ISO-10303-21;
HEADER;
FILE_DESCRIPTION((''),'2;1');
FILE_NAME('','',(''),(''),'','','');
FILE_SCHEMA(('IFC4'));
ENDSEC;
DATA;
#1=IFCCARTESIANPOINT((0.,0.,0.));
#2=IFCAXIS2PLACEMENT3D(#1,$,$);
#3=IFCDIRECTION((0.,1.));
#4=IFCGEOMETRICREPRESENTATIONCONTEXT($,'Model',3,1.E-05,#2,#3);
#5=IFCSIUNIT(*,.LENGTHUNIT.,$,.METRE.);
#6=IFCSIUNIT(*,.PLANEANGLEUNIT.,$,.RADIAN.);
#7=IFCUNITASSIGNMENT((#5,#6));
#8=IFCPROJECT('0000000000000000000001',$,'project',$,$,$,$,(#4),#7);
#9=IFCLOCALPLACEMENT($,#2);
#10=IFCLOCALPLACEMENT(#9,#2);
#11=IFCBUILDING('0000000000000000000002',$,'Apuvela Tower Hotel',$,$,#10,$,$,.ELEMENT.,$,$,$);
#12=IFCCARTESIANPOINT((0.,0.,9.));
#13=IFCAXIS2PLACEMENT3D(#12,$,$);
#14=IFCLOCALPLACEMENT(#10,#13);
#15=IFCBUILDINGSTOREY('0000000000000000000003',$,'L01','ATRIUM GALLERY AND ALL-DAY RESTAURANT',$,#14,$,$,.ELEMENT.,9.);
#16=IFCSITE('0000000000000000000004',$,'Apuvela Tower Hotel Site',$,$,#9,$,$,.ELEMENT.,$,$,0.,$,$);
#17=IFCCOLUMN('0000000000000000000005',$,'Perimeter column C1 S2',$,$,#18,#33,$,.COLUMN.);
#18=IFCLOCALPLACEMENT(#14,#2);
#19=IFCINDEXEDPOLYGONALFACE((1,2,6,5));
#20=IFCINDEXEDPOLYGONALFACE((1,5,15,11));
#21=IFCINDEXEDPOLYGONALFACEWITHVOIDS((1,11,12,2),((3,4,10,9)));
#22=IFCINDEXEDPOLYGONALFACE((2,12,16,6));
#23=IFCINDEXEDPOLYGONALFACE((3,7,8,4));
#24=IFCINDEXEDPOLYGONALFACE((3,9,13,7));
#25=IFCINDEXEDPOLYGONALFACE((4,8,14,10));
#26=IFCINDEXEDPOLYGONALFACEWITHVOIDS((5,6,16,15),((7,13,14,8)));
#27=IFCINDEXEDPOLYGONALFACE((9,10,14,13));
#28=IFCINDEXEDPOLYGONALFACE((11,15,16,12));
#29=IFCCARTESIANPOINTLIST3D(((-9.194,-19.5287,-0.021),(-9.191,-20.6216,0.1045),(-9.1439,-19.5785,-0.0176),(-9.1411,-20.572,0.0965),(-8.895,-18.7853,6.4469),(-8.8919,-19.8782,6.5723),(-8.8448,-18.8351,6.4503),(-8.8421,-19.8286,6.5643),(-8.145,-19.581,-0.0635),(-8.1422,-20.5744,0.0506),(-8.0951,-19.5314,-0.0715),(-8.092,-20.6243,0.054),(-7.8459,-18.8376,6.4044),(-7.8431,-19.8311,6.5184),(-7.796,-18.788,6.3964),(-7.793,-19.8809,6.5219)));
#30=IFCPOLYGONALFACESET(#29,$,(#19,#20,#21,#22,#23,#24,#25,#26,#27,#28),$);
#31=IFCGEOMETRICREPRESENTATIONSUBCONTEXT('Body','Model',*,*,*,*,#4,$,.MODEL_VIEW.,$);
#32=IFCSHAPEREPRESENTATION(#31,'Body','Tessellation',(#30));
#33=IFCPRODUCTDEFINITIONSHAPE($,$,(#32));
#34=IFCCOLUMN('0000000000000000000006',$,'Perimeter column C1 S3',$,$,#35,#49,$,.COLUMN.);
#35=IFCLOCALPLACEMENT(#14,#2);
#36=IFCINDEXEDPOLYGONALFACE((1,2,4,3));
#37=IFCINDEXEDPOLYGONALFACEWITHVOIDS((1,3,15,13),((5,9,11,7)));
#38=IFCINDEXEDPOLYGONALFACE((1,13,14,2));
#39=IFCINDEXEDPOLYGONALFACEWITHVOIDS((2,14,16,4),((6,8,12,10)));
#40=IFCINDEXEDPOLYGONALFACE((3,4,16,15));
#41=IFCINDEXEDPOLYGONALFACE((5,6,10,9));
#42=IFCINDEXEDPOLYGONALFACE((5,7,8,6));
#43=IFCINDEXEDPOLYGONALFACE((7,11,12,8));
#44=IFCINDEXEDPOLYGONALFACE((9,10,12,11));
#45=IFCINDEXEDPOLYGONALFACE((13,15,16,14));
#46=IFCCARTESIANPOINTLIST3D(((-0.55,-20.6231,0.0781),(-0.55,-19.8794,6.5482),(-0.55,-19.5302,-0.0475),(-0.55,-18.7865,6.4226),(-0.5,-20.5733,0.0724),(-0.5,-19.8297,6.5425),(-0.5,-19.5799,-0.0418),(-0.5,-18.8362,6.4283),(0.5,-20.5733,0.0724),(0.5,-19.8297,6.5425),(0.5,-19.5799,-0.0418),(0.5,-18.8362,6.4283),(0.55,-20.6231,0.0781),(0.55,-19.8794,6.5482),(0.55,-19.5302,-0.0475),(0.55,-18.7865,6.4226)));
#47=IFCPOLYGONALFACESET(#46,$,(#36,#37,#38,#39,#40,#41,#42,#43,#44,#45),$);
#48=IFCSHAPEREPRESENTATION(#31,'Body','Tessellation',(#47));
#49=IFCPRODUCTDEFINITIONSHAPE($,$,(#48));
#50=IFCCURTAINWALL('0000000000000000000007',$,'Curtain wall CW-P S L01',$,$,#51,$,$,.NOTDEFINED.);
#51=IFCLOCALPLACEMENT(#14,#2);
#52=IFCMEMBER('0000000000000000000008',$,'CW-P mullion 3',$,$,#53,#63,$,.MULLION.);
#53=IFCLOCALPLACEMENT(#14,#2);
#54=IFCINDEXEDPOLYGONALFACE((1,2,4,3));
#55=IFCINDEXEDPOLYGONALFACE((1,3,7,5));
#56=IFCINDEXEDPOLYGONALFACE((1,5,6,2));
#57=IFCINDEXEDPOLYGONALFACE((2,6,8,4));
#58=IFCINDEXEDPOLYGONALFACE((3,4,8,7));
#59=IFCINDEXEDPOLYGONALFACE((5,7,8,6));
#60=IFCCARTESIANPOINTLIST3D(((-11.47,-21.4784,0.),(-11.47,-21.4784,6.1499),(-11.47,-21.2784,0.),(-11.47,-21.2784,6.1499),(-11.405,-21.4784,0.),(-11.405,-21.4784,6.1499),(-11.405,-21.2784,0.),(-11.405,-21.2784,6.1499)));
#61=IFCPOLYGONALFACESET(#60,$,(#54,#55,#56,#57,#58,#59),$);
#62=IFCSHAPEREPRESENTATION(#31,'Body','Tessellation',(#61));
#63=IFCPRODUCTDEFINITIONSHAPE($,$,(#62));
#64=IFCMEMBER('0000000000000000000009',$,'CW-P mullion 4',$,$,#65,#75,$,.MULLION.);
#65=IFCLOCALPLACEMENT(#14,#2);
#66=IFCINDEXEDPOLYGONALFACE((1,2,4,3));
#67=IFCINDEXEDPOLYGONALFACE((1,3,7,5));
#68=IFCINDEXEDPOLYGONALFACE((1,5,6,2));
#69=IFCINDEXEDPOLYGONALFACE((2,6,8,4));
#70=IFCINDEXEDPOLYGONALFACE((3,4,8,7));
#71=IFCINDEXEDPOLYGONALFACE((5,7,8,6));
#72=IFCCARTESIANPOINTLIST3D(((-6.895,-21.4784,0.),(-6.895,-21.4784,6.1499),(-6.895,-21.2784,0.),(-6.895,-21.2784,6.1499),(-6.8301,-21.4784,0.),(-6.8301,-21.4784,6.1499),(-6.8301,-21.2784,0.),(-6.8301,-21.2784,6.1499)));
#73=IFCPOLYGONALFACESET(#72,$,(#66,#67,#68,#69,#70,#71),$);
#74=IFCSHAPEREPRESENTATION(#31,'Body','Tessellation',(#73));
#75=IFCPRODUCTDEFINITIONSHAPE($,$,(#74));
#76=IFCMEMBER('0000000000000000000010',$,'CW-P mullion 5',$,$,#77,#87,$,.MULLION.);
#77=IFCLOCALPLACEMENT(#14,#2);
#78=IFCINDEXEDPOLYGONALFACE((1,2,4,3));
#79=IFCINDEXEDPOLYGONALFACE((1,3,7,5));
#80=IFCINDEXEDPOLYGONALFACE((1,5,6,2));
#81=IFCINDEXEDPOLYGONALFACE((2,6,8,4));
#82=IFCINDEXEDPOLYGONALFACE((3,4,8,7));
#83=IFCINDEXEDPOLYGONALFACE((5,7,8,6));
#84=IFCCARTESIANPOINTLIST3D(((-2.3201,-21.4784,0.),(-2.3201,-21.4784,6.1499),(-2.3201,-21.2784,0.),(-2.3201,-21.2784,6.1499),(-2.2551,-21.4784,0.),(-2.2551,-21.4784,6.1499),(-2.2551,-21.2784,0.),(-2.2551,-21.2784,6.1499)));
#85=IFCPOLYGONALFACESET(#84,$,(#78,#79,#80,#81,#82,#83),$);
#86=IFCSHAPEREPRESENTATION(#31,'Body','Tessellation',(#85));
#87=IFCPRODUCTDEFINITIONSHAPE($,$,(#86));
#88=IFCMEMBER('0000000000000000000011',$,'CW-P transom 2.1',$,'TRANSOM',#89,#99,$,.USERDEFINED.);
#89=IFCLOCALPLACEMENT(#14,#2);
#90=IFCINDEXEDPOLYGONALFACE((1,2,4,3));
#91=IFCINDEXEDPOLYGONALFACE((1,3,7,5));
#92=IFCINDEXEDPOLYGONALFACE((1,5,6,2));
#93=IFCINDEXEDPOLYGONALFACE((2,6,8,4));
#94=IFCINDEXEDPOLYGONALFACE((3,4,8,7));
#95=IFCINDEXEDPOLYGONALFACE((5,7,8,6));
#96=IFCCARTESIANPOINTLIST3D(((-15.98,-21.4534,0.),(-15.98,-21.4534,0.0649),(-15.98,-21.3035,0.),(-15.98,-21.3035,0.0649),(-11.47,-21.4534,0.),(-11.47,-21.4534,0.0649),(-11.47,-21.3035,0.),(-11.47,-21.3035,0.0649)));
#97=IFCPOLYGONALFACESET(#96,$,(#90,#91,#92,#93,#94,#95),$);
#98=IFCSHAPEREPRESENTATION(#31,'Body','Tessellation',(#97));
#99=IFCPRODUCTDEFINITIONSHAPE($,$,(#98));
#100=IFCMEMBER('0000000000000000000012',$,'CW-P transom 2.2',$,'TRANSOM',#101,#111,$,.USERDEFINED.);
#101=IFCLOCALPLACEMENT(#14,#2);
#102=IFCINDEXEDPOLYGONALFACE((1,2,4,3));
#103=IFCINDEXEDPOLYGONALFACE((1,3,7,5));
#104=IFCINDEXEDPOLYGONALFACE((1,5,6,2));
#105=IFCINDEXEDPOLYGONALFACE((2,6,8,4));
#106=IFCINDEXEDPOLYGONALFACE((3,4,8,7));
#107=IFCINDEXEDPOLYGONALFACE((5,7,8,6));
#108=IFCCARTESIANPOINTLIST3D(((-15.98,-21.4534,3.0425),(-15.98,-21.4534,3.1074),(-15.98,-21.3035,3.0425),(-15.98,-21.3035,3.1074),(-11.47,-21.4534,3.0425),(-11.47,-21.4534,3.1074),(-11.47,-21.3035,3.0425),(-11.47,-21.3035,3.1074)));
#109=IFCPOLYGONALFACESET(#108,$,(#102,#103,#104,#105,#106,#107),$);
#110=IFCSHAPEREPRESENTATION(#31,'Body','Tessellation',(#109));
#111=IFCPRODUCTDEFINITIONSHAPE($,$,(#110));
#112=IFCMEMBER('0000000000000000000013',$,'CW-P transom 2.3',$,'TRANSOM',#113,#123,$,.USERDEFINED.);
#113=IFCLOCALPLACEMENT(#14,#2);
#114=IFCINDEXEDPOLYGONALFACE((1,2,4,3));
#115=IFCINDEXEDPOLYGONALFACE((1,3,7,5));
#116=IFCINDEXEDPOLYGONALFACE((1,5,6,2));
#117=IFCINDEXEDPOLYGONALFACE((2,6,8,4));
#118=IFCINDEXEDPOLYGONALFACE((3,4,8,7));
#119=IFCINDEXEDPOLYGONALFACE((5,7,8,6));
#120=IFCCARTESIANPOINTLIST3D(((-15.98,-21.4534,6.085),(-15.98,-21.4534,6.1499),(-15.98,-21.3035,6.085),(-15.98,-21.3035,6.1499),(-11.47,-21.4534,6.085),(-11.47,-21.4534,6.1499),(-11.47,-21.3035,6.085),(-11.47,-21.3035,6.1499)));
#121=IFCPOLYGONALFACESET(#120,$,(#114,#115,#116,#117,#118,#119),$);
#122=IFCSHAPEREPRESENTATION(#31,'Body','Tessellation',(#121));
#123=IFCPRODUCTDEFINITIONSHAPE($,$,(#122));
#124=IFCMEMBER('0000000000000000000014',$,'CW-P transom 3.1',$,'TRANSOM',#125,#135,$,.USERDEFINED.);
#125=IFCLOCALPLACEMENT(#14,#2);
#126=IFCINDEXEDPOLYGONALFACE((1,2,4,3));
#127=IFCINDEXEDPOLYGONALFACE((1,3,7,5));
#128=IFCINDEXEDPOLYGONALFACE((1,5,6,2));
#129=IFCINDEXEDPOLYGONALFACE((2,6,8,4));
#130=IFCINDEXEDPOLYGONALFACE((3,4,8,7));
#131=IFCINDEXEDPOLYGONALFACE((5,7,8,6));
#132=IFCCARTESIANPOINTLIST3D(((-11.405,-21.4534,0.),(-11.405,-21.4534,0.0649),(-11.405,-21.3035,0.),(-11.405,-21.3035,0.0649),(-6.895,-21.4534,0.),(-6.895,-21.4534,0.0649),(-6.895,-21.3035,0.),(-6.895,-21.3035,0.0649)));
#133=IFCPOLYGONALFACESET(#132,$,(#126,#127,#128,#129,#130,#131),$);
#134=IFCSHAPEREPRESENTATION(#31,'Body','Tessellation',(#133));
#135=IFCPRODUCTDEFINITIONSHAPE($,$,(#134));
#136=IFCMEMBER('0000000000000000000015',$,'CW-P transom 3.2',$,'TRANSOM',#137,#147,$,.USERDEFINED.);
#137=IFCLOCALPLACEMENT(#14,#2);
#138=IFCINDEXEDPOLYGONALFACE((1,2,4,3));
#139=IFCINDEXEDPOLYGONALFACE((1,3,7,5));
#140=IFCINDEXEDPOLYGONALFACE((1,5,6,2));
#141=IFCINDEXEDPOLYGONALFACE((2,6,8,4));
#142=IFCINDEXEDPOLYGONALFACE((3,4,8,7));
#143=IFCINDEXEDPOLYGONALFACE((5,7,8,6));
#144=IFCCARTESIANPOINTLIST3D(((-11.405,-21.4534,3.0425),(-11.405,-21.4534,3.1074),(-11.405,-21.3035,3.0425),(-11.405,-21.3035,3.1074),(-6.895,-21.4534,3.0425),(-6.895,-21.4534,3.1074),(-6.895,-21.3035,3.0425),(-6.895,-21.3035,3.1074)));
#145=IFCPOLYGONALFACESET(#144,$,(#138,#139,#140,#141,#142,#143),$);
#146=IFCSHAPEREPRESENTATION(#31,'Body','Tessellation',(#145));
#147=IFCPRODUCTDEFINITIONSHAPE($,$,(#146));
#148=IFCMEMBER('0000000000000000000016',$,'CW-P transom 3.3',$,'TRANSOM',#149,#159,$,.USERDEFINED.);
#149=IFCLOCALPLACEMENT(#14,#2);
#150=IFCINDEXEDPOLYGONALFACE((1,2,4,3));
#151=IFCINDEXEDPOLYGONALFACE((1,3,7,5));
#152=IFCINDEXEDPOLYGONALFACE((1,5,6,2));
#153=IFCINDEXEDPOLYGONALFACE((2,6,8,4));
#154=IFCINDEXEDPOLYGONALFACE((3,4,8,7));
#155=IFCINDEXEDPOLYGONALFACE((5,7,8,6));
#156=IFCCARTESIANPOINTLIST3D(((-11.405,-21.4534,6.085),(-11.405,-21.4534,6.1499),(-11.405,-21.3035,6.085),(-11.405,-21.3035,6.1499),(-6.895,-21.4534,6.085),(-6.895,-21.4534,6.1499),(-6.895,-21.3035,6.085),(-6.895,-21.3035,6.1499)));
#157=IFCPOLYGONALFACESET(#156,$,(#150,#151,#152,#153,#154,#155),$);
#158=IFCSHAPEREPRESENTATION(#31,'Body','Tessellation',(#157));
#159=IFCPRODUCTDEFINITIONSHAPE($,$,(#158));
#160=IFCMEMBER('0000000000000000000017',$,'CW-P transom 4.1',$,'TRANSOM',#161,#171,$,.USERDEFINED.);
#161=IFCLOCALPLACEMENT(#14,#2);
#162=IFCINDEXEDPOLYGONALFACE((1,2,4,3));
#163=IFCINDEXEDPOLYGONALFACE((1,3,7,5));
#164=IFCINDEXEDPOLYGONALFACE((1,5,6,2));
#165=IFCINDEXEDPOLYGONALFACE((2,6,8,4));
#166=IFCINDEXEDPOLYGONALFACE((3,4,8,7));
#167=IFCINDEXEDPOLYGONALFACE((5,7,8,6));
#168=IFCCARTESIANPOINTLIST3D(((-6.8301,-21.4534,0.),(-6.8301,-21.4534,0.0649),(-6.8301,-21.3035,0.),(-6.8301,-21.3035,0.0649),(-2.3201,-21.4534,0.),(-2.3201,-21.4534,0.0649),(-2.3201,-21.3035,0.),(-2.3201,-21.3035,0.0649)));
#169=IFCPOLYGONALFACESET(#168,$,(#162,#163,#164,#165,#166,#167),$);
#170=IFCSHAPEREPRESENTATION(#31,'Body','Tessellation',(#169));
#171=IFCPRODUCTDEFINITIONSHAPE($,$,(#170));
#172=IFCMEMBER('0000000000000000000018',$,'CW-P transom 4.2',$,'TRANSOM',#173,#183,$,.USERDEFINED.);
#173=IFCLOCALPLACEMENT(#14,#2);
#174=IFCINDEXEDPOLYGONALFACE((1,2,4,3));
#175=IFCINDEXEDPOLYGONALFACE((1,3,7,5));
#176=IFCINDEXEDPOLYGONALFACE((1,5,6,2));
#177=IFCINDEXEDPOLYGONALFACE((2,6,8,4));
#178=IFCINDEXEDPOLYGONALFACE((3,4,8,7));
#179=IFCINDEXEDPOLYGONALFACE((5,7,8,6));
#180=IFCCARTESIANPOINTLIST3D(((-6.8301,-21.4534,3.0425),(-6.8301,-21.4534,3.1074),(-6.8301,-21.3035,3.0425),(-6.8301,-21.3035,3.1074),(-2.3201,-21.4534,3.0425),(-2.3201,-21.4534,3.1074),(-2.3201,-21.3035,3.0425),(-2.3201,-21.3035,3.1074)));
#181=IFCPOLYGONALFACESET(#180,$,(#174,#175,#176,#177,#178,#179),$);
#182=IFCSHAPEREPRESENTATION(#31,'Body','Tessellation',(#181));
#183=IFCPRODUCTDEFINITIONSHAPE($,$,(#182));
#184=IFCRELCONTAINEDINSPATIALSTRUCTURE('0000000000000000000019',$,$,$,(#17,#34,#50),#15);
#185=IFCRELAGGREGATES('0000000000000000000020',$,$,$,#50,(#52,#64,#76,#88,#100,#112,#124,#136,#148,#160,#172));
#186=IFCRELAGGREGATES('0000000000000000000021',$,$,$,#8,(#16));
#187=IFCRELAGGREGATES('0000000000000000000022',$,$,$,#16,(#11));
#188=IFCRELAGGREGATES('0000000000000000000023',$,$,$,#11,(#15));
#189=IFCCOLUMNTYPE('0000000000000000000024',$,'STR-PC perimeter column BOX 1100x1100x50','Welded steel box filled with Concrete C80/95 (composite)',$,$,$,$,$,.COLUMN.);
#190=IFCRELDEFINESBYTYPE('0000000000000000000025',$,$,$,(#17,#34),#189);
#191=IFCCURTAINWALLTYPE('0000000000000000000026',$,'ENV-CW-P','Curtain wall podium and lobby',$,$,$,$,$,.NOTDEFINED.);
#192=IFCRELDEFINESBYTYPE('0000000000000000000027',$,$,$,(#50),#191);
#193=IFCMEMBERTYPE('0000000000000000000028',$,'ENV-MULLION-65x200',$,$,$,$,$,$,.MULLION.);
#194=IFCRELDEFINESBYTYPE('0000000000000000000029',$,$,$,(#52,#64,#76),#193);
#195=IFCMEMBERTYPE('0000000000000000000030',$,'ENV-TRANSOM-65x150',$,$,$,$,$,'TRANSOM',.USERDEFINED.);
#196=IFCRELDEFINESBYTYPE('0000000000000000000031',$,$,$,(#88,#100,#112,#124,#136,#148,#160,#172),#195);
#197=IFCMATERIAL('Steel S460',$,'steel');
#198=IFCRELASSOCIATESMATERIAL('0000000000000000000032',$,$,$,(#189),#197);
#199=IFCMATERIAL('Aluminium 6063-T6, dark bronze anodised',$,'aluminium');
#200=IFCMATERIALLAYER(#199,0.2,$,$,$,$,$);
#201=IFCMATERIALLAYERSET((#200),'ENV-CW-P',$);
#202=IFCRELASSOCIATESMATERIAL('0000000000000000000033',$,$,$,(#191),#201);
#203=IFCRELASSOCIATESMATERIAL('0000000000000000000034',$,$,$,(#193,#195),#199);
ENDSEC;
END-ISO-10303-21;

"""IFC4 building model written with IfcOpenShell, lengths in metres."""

from ifc_helpers import new_model, si_unit, direction, frame, origin, origin_2d, place, context, subcontext, project, spatial, rectangle, hollow_rectangle, extrude, boolean, halfspace, material, layer, layer_set, material_profile, profile_set, type_object, element, aggregate, save


model = new_model("IFC4")

# Units and contexts
model_context = context("Model", 3, precision=1e-05, world=origin(), true_north=direction((0.0, 1.0)))
body_context = subcontext(model_context, "Body", "Model", "MODEL_VIEW")
ifc_project = project(units=[si_unit("LENGTHUNIT", "METRE"), si_unit("PLANEANGLEUNIT", "RADIAN")], contexts=[model_context])

# Site, building, storey
site_placement = place(None, origin())
site = spatial("IfcSite", under=ifc_project, at=site_placement, Name="Apuvela Tower Hotel Site", CompositionType="ELEMENT", RefElevation=0.0)
building_placement = place(site_placement, origin())
building = spatial("IfcBuilding", under=site, at=building_placement, Name="Apuvela Tower Hotel", CompositionType="ELEMENT")
storey_placement = place(building_placement, frame((0.0, 0.0, 9.0)))
storey = spatial("IfcBuildingStorey", under=building, at=storey_placement, Name="L01", Description="ATRIUM GALLERY AND ALL-DAY RESTAURANT", CompositionType="ELEMENT", Elevation=9.0)

# Columns
ifc_material_1 = material(Name="Steel S460", Category="steel")
ifc_material_profile_1 = material_profile(ifc_material_1, hollow_rectangle(XDim=1.1001, YDim=1.1001, WallThickness=0.05, at=origin_2d()), Name="BOX 1100x1100x50")
ifc_material_2 = material(Name="Concrete C80/95", Category="concrete")
ifc_material_profile_2 = material_profile(ifc_material_2, rectangle(XDim=1.0, YDim=1.0, at=origin_2d()), Name="Concrete C80/95 infill")
ifc_profile_set_1 = profile_set([ifc_material_profile_1, ifc_material_profile_2], Name="Steel S460")
column_type = type_object("IfcColumnType", Name="STR-PC perimeter column BOX 1100x1100x50", Description="Welded steel box filled with Concrete C80/95 (composite)", PredefinedType="COLUMN", material=ifc_profile_set_1)
column_1_placement = place(storey_placement, frame((-8.6438, -20.0784, 0.0), z_axis=(0.045886, 0.114062, 0.992413), x_axis=(-0.998943, 0.002476, 0.045903)))
element("IfcColumn", 1, at=column_1_placement, inside=storey, type_object=column_type, Name="Perimeter column C1 S2", PredefinedType="COLUMN", context=body_context, shape_type="SweptSolid", body=[
    boolean("DIFFERENCE", boolean("DIFFERENCE", extrude(hollow_rectangle(XDim=1.1001, YDim=1.1001, WallThickness=0.05, at=origin_2d()), origin(), (0.0, 0.0, 1.0), 6.5498), halfspace(frame((0.0, 0.0, 0.0166), z_axis=(0.0, 0.0, 1.0), x_axis=(1.0, 0.0, 0.0)), True)), halfspace(frame((0.0, 0.0, 6.5339), z_axis=(0.0, 0.0, 1.0), x_axis=(1.0, 0.0, 0.0)), False)),
])
column_2_placement = place(storey_placement, frame((0.0, -20.0784, 0.0), z_axis=(0.0, 0.114182, 0.99346), x_axis=(-1.0, 0.0, 0.0)))
element("IfcColumn", 2, at=column_2_placement, inside=storey, type_object=column_type, Name="Perimeter column C1 S3", PredefinedType="COLUMN", context=body_context, shape_type="SweptSolid", body=[
    boolean("DIFFERENCE", boolean("DIFFERENCE", extrude(hollow_rectangle(XDim=1.1001, YDim=1.1001, WallThickness=0.05, at=origin_2d()), origin(), (0.0, 0.0, 1.0), 6.5427), halfspace(frame((0.0, 0.0, 0.0154), z_axis=(0.0, 0.0, 1.0), x_axis=(1.0, 0.0, 0.0)), True)), halfspace(frame((0.0, 0.0, 6.5281), z_axis=(0.0, 0.0, 1.0), x_axis=(1.0, 0.0, 0.0)), False)),
])

# Curtain wall, members
ifc_material_3 = material(Name="Aluminium 6063-T6, dark bronze anodised", Category="aluminium")
ifc_layer_1 = layer(ifc_material_3, 0.2)
ifc_layer_set_1 = layer_set([ifc_layer_1], Name="ENV-CW-P")
curtain_wall_type = type_object("IfcCurtainWallType", Name="ENV-CW-P", Description="Curtain wall podium and lobby", PredefinedType="NOTDEFINED", material=ifc_layer_set_1)
curtain_wall_placement = place(storey_placement, origin())
curtain_wall = element("IfcCurtainWall", 3, at=curtain_wall_placement, inside=storey, type_object=curtain_wall_type, Name="Curtain wall CW-P S L01", PredefinedType="NOTDEFINED")
ifc_material_profile_3 = material_profile(ifc_material_3, rectangle(XDim=0.2, YDim=0.0649, at=origin_2d()), Name="AL 65x200")
ifc_profile_set_2 = profile_set([ifc_material_profile_3], Name="Aluminium 6063-T6, dark bronze anodised")
member_type_1 = type_object("IfcMemberType", Name="ENV-MULLION-65x200", PredefinedType="MULLION", material=ifc_profile_set_2)
member_1_placement = place(storey_placement, frame((-11.4375, -21.3784, 0.0), z_axis=(0.0, 0.0, 1.0), x_axis=(0.0, 1.0, 0.0)))
member_1 = element("IfcMember", 4, at=member_1_placement, type_object=member_type_1, Name="CW-P mullion 3", PredefinedType="MULLION", context=body_context, shape_type="SweptSolid", body=[
    extrude(rectangle(XDim=0.2, YDim=0.0649, at=origin_2d()), origin(), (0.0, 0.0, 1.0), 6.1499),
])
member_2_placement = place(storey_placement, frame((-6.8625, -21.3784, 0.0), z_axis=(0.0, 0.0, 1.0), x_axis=(0.0, 1.0, 0.0)))
member_2 = element("IfcMember", 5, at=member_2_placement, type_object=member_type_1, Name="CW-P mullion 4", PredefinedType="MULLION", context=body_context, shape_type="SweptSolid", body=[
    extrude(rectangle(XDim=0.2, YDim=0.0649, at=origin_2d()), origin(), (0.0, 0.0, 1.0), 6.1499),
])
member_3_placement = place(storey_placement, frame((-2.2876, -21.3784, 0.0), z_axis=(0.0, 0.0, 1.0), x_axis=(0.0, 1.0, 0.0)))
member_3 = element("IfcMember", 6, at=member_3_placement, type_object=member_type_1, Name="CW-P mullion 5", PredefinedType="MULLION", context=body_context, shape_type="SweptSolid", body=[
    extrude(rectangle(XDim=0.2, YDim=0.0649, at=origin_2d()), origin(), (0.0, 0.0, 1.0), 6.1499),
])
ifc_material_profile_4 = material_profile(ifc_material_3, rectangle(XDim=0.1499, YDim=0.0649, at=origin_2d()), Name="AL 65x150 transom")
ifc_profile_set_3 = profile_set([ifc_material_profile_4], Name="Aluminium 6063-T6, dark bronze anodised")
member_type_2 = type_object("IfcMemberType", Name="ENV-TRANSOM-65x150", ElementType="TRANSOM", PredefinedType="USERDEFINED", material=ifc_profile_set_3)
member_4_placement = place(storey_placement, frame((-15.98, -21.3784, 0.0325), z_axis=(1.0, 0.0, 0.0), x_axis=(0.0, 1.0, 0.0)))
member_4 = element("IfcMember", 7, at=member_4_placement, type_object=member_type_2, Name="CW-P transom 2.1", ObjectType="TRANSOM", PredefinedType="USERDEFINED", context=body_context, shape_type="SweptSolid", body=[
    extrude(rectangle(XDim=0.1499, YDim=0.0649, at=origin_2d()), origin(), (0.0, 0.0, 1.0), 4.51),
])
member_5_placement = place(storey_placement, frame((-15.98, -21.3784, 3.075), z_axis=(1.0, 0.0, 0.0), x_axis=(0.0, 1.0, 0.0)))
member_5 = element("IfcMember", 8, at=member_5_placement, type_object=member_type_2, Name="CW-P transom 2.2", ObjectType="TRANSOM", PredefinedType="USERDEFINED", context=body_context, shape_type="SweptSolid", body=[
    extrude(rectangle(XDim=0.1499, YDim=0.0649, at=origin_2d()), origin(), (0.0, 0.0, 1.0), 4.51),
])
member_6_placement = place(storey_placement, frame((-15.98, -21.3784, 6.1174), z_axis=(1.0, 0.0, 0.0), x_axis=(0.0, 1.0, 0.0)))
member_6 = element("IfcMember", 9, at=member_6_placement, type_object=member_type_2, Name="CW-P transom 2.3", ObjectType="TRANSOM", PredefinedType="USERDEFINED", context=body_context, shape_type="SweptSolid", body=[
    extrude(rectangle(XDim=0.1499, YDim=0.0649, at=origin_2d()), origin(), (0.0, 0.0, 1.0), 4.51),
])
member_7_placement = place(storey_placement, frame((-11.405, -21.3784, 0.0325), z_axis=(1.0, 0.0, 0.0), x_axis=(0.0, 1.0, 0.0)))
member_7 = element("IfcMember", 10, at=member_7_placement, type_object=member_type_2, Name="CW-P transom 3.1", ObjectType="TRANSOM", PredefinedType="USERDEFINED", context=body_context, shape_type="SweptSolid", body=[
    extrude(rectangle(XDim=0.1499, YDim=0.0649, at=origin_2d()), origin(), (0.0, 0.0, 1.0), 4.51),
])
member_8_placement = place(storey_placement, frame((-11.405, -21.3784, 3.075), z_axis=(1.0, 0.0, 0.0), x_axis=(0.0, 1.0, 0.0)))
member_8 = element("IfcMember", 11, at=member_8_placement, type_object=member_type_2, Name="CW-P transom 3.2", ObjectType="TRANSOM", PredefinedType="USERDEFINED", context=body_context, shape_type="SweptSolid", body=[
    extrude(rectangle(XDim=0.1499, YDim=0.0649, at=origin_2d()), origin(), (0.0, 0.0, 1.0), 4.51),
])
member_9_placement = place(storey_placement, frame((-11.405, -21.3784, 6.1174), z_axis=(1.0, 0.0, 0.0), x_axis=(0.0, 1.0, 0.0)))
member_9 = element("IfcMember", 12, at=member_9_placement, type_object=member_type_2, Name="CW-P transom 3.3", ObjectType="TRANSOM", PredefinedType="USERDEFINED", context=body_context, shape_type="SweptSolid", body=[
    extrude(rectangle(XDim=0.1499, YDim=0.0649, at=origin_2d()), origin(), (0.0, 0.0, 1.0), 4.51),
])
member_10_placement = place(storey_placement, frame((-6.8301, -21.3784, 0.0325), z_axis=(1.0, 0.0, 0.0), x_axis=(0.0, 1.0, 0.0)))
member_10 = element("IfcMember", 13, at=member_10_placement, type_object=member_type_2, Name="CW-P transom 4.1", ObjectType="TRANSOM", PredefinedType="USERDEFINED", context=body_context, shape_type="SweptSolid", body=[
    extrude(rectangle(XDim=0.1499, YDim=0.0649, at=origin_2d()), origin(), (0.0, 0.0, 1.0), 4.51),
])
member_11_placement = place(storey_placement, frame((-6.8301, -21.3784, 3.075), z_axis=(1.0, 0.0, 0.0), x_axis=(0.0, 1.0, 0.0)))
member_11 = element("IfcMember", 14, at=member_11_placement, type_object=member_type_2, Name="CW-P transom 4.2", ObjectType="TRANSOM", PredefinedType="USERDEFINED", context=body_context, shape_type="SweptSolid", body=[
    extrude(rectangle(XDim=0.1499, YDim=0.0649, at=origin_2d()), origin(), (0.0, 0.0, 1.0), 4.51),
])

aggregate(curtain_wall, [member_1, member_2, member_3, member_4, member_5, member_6, member_7, member_8, member_9, member_10, member_11])

save(model, "model.ifc")
